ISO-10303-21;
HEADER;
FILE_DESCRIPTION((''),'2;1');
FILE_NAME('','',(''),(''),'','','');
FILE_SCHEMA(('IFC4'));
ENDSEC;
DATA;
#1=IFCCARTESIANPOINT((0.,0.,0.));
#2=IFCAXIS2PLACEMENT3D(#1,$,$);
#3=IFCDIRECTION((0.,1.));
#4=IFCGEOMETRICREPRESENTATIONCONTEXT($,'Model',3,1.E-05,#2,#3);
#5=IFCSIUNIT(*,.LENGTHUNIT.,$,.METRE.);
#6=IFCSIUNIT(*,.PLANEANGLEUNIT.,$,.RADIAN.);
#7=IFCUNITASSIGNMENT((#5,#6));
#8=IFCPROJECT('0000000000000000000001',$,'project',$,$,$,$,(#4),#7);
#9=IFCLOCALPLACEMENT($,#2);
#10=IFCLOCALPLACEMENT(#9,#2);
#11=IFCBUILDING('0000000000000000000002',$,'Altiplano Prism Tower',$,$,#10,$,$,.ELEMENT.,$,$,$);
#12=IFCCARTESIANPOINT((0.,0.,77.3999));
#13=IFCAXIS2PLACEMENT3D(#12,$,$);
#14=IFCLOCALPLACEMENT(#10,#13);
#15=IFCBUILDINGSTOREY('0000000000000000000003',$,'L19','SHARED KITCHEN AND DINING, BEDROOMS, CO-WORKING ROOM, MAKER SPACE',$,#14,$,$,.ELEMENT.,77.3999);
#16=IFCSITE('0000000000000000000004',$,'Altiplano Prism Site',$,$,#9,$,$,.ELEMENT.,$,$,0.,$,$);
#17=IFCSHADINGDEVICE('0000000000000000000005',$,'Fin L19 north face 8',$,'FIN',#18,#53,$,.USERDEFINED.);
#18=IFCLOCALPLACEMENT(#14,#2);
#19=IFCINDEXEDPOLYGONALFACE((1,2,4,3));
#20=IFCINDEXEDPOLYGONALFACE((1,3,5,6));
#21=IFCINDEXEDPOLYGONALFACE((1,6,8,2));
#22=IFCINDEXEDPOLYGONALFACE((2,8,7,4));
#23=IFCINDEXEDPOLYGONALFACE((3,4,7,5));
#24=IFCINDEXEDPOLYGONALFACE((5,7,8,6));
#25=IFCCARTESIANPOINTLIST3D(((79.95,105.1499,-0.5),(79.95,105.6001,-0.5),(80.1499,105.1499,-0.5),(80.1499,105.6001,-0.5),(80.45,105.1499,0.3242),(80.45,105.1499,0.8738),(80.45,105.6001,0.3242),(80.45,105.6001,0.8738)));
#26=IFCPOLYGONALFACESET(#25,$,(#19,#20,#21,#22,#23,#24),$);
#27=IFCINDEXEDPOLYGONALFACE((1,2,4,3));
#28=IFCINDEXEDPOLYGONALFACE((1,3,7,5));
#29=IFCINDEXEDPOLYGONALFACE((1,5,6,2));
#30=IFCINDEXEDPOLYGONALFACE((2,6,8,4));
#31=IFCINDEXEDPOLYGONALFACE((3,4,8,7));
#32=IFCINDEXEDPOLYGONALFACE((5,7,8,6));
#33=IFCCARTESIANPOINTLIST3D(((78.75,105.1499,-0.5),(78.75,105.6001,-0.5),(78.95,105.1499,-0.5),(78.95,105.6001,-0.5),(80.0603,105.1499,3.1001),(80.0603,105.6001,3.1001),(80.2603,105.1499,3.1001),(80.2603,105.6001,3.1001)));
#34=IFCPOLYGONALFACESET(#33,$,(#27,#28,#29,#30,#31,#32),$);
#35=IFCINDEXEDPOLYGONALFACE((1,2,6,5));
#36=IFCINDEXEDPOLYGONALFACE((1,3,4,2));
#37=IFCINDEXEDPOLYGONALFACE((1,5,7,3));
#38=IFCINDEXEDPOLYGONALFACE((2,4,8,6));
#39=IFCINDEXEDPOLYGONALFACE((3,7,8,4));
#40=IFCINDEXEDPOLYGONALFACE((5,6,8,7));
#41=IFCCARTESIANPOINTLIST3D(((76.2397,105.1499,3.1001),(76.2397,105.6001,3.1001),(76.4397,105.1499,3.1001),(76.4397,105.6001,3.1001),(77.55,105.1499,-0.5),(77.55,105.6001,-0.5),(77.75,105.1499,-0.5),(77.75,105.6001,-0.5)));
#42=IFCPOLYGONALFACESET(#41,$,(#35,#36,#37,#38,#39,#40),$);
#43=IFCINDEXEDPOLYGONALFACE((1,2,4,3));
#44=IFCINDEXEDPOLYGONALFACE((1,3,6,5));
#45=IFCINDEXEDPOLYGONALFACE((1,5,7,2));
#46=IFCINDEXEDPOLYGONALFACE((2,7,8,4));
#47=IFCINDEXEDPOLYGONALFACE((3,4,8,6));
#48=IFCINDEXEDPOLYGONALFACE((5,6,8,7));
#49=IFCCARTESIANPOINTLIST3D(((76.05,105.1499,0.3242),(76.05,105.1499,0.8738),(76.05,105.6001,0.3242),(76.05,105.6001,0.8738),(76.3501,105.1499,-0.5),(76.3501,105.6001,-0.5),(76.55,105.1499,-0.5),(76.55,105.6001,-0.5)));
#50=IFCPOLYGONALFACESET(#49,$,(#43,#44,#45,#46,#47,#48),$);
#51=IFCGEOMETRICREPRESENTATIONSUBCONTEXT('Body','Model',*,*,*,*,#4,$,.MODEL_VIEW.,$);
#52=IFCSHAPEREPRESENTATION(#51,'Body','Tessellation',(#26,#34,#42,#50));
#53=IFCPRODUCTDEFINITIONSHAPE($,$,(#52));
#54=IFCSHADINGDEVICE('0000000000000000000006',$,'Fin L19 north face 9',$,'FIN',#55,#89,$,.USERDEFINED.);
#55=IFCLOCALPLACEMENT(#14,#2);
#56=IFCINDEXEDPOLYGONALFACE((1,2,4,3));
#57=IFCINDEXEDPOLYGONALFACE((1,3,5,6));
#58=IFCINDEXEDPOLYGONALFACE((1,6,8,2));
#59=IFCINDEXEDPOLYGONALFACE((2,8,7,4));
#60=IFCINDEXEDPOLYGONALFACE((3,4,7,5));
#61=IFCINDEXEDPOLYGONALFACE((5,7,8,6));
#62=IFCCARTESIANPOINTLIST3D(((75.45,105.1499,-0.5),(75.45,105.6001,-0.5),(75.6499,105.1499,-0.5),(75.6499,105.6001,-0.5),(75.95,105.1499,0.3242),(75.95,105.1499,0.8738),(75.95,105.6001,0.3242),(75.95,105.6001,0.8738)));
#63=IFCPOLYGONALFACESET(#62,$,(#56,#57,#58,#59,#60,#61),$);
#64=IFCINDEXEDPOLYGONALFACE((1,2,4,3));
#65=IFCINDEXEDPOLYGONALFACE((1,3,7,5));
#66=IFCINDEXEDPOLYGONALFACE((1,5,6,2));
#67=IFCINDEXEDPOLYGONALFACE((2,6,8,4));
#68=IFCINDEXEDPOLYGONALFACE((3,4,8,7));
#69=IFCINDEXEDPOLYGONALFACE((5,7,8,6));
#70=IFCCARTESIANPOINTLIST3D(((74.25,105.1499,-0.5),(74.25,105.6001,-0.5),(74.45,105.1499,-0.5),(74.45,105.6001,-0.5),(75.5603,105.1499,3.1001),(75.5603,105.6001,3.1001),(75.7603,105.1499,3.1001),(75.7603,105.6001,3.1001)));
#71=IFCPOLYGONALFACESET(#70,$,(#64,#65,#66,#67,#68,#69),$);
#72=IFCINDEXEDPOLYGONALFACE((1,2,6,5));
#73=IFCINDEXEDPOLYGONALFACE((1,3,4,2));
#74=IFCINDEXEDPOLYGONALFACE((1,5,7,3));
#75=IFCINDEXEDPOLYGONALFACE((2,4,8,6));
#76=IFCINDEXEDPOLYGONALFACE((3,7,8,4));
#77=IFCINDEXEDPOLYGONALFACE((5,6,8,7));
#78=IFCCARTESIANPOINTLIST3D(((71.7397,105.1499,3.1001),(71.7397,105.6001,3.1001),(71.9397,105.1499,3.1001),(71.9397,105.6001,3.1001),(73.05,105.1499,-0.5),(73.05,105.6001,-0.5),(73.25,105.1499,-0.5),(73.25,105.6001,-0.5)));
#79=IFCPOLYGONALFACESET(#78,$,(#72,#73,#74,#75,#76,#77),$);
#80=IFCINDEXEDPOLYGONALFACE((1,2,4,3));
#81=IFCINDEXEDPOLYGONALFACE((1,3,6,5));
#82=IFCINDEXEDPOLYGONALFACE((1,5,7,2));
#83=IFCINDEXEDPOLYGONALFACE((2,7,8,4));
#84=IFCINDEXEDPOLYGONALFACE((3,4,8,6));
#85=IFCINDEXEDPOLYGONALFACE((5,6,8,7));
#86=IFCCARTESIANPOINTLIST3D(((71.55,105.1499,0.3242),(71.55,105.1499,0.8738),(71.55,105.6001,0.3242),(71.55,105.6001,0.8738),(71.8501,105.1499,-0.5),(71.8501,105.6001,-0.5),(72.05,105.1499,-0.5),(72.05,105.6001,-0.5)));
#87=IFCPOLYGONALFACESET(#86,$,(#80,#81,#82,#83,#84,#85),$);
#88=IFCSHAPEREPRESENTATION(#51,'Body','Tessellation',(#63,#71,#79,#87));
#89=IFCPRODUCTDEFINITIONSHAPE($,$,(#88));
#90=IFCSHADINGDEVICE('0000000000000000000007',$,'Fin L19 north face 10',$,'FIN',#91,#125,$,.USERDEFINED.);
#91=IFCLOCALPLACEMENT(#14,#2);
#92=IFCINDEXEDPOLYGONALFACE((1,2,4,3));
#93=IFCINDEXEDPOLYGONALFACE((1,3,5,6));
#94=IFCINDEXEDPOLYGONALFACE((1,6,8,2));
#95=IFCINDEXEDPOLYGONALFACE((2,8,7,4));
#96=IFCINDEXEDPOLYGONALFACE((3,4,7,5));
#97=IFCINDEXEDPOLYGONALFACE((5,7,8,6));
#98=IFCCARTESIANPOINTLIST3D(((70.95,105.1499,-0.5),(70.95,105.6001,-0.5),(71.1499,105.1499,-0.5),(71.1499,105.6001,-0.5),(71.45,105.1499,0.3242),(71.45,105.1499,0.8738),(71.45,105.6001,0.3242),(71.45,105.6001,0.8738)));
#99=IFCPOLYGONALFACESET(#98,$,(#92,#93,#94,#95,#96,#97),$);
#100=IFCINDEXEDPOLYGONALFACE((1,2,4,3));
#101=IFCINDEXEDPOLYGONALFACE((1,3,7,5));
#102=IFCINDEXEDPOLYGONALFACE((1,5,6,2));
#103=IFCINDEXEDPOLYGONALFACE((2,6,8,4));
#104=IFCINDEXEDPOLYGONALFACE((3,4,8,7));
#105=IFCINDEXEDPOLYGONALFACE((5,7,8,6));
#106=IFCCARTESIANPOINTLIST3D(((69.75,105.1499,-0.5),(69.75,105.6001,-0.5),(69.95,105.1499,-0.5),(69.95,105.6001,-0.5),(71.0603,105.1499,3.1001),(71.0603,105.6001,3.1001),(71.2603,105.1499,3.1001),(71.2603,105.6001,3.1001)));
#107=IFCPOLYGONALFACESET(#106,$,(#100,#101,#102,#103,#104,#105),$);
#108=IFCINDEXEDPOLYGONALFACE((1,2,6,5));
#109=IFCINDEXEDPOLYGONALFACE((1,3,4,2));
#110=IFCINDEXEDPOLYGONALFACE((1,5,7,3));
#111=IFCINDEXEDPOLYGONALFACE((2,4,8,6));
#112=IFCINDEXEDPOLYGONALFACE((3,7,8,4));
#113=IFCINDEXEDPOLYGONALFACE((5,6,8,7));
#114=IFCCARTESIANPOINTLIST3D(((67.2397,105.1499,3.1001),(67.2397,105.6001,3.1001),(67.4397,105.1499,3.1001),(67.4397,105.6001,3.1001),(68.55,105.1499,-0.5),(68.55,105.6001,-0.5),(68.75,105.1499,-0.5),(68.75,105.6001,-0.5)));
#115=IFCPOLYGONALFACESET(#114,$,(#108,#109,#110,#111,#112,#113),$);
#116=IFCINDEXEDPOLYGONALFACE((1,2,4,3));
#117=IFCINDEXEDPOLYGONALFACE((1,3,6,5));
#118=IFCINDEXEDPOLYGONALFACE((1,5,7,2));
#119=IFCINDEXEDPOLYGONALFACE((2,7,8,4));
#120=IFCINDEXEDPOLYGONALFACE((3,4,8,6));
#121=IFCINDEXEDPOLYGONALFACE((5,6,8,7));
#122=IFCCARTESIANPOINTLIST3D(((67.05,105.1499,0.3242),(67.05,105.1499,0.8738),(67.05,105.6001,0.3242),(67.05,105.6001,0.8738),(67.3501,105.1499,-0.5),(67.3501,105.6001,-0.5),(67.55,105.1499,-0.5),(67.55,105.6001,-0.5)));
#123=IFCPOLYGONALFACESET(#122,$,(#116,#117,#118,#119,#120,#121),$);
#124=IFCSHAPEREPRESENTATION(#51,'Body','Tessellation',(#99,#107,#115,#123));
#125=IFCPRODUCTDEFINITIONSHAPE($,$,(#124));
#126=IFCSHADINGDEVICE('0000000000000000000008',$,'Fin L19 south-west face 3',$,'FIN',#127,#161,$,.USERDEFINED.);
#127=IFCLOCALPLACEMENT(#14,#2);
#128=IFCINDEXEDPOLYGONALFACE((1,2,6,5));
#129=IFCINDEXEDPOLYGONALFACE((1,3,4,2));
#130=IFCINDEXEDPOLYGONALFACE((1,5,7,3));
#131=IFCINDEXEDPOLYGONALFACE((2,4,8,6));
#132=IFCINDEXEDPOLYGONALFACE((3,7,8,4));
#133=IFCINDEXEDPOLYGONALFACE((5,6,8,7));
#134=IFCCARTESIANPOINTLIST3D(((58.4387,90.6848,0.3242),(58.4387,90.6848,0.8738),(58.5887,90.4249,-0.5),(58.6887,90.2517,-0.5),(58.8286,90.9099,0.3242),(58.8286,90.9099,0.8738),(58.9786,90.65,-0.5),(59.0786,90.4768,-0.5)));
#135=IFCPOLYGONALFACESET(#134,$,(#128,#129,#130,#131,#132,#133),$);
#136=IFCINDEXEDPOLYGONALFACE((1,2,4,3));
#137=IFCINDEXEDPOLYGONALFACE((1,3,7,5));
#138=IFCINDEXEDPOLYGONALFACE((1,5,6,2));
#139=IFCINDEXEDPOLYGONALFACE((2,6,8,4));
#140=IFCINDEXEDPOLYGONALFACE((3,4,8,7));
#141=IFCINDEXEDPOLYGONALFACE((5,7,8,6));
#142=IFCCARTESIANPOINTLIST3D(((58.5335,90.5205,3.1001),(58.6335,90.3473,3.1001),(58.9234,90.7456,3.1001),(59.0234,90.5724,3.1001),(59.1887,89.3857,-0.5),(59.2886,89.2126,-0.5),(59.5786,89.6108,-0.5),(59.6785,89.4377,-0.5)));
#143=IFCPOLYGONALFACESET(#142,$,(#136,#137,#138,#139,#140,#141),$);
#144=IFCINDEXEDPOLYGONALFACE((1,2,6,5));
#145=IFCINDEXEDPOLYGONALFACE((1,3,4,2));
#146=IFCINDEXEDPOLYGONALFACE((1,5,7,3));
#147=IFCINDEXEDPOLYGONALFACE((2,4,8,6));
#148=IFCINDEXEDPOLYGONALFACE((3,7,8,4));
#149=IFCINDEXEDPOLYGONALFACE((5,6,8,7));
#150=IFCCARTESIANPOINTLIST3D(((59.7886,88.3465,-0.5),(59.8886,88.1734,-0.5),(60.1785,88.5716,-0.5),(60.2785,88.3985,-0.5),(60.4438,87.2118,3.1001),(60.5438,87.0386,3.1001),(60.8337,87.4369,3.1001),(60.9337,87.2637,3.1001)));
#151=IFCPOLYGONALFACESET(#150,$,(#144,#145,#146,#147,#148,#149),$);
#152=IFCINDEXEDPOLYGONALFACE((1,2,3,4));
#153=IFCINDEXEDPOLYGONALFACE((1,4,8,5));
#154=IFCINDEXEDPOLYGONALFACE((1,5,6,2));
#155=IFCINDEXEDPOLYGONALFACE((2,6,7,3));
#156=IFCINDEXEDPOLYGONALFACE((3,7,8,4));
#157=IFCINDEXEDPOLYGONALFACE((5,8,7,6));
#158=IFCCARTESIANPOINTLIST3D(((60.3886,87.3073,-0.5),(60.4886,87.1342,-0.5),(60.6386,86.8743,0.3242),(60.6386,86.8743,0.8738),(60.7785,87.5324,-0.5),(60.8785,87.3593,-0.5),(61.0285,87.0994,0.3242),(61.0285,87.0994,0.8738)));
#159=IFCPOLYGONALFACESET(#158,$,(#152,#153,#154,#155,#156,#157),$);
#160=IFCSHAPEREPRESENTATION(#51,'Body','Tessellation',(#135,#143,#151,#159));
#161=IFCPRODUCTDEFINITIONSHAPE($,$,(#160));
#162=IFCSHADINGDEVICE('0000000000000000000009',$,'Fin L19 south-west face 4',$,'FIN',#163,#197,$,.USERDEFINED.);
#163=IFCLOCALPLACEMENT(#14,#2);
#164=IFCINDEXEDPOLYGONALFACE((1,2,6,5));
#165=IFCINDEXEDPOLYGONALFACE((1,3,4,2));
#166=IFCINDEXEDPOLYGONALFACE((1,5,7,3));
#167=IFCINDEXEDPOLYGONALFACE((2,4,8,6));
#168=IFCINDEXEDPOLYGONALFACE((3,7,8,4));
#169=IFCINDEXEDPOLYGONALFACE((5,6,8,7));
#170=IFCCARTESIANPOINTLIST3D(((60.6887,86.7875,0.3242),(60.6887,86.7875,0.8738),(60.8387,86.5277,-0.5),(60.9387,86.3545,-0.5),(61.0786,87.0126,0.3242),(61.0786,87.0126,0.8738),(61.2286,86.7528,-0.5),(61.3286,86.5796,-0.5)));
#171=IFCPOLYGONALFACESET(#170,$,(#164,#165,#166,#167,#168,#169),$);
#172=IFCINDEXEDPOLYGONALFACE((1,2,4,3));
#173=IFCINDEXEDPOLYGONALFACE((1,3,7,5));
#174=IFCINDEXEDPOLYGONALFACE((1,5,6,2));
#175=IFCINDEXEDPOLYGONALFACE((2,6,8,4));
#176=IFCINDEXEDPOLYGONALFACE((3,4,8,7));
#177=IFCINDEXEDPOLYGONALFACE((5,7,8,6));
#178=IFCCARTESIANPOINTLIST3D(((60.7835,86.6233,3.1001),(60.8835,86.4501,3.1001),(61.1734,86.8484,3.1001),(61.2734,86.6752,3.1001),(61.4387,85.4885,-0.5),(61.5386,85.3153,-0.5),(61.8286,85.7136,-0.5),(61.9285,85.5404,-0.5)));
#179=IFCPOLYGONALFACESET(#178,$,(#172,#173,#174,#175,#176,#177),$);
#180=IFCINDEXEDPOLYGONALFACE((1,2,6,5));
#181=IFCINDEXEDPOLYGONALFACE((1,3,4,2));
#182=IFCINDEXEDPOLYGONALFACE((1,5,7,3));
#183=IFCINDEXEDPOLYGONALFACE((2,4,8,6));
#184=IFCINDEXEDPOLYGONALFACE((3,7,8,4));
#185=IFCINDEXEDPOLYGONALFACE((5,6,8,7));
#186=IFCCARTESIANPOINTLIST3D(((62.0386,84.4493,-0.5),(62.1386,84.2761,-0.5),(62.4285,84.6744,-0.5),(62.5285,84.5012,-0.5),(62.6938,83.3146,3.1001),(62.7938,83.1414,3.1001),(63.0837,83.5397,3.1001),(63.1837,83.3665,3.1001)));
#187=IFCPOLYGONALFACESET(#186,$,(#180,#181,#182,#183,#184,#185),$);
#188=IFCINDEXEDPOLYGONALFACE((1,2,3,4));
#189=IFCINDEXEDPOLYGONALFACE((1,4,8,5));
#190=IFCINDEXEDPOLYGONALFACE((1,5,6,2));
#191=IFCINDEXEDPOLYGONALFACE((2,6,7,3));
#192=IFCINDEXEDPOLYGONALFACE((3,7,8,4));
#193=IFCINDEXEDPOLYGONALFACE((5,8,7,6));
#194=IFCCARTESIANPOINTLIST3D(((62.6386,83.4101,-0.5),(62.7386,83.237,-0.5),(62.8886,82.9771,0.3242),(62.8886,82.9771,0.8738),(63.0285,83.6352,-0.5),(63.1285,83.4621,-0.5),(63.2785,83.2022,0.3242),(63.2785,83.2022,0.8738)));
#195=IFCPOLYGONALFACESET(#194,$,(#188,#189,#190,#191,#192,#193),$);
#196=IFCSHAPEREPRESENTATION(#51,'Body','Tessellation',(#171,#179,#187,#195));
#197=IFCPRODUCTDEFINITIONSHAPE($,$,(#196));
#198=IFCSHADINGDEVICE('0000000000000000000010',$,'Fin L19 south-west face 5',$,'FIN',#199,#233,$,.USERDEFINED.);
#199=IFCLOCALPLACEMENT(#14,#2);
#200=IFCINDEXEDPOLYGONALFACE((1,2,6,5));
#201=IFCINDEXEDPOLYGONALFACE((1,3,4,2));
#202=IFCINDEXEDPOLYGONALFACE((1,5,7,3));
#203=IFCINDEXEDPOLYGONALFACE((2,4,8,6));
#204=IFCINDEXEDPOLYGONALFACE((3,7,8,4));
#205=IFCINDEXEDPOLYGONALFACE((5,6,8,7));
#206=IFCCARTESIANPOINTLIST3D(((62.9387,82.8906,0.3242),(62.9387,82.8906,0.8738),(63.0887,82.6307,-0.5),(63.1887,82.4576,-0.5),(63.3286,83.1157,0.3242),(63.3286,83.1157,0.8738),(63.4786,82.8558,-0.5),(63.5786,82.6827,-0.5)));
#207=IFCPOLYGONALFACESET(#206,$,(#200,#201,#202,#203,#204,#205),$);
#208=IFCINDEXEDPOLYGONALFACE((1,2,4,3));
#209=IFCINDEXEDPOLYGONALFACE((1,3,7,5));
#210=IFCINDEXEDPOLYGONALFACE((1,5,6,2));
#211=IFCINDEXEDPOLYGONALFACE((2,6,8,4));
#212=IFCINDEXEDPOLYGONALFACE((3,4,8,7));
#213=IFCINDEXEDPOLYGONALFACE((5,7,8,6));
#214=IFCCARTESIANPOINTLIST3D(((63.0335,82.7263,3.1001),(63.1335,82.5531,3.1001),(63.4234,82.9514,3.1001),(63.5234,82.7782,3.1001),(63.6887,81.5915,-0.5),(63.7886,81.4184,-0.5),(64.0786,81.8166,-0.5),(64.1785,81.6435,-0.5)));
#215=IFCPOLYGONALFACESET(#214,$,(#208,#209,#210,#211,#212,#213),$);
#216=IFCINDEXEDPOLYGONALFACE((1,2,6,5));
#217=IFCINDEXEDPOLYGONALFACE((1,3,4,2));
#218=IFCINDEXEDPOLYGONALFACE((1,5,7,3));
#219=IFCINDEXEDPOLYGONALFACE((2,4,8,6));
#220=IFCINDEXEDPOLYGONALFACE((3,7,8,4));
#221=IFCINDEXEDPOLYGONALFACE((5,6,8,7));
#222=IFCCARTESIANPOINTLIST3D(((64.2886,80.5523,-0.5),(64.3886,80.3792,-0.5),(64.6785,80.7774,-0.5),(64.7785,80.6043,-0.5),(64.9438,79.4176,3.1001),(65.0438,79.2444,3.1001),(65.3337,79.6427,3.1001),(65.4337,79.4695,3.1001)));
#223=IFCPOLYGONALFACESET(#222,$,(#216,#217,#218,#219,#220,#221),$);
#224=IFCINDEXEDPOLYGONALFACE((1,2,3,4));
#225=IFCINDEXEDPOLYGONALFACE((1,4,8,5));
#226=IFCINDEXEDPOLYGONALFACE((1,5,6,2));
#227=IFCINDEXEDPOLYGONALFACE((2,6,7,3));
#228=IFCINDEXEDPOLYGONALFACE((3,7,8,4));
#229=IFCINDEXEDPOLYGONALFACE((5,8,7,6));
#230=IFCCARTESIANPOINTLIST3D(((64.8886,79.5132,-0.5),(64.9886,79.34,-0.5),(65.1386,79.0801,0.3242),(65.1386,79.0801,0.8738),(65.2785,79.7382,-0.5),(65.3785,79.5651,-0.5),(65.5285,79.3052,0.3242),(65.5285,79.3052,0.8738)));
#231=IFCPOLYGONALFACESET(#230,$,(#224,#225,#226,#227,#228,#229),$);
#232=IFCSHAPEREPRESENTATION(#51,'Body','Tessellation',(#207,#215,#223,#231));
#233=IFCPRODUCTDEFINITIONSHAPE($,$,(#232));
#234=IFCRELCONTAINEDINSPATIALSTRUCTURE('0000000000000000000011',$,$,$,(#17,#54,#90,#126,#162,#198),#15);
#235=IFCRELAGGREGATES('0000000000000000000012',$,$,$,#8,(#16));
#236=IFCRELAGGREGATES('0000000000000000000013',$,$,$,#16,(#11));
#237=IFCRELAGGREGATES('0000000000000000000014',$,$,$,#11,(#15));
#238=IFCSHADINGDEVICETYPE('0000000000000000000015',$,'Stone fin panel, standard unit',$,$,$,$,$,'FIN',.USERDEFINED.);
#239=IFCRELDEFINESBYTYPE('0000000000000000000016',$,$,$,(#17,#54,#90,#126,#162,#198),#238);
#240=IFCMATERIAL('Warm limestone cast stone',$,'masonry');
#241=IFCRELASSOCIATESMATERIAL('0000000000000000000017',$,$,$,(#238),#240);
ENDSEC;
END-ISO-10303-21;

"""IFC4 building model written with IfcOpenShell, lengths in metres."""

from ifc_helpers import new_model, si_unit, direction, frame, origin, place, context, subcontext, project, spatial, polyline, outline, extrude, source, transform, mapped, material, type_object, element, save


model = new_model("IFC4")

# Units and contexts
model_context = context("Model", 3, precision=1e-05, world=origin(), true_north=direction((0.0, 1.0)))
body_context = subcontext(model_context, "Body", "Model", "MODEL_VIEW")
ifc_project = project(units=[si_unit("LENGTHUNIT", "METRE"), si_unit("PLANEANGLEUNIT", "RADIAN")], contexts=[model_context])

# Site, building, storey
site_placement = place(None, origin())
site = spatial("IfcSite", under=ifc_project, at=site_placement, Name="Altiplano Prism Site", CompositionType="ELEMENT", RefElevation=0.0)
building_placement = place(site_placement, origin())
building = spatial("IfcBuilding", under=site, at=building_placement, Name="Altiplano Prism Tower", CompositionType="ELEMENT")
storey_placement = place(building_placement, frame((0.0, 0.0, 77.3999)))
storey = spatial("IfcBuildingStorey", under=building, at=storey_placement, Name="L19", Description="SHARED KITCHEN AND DINING, BEDROOMS, CO-WORKING ROOM, MAKER SPACE", CompositionType="ELEMENT", Elevation=77.3999)

# Shading devices
ifc_material_1 = material(Name="Warm limestone cast stone", Category="masonry")
shading_device_type_1 = type_object("IfcShadingDeviceType", Name="Stone fin panel, standard unit", ElementType="FIN", PredefinedType="USERDEFINED", material=ifc_material_1)
shared_shape_1 = source(origin(), body_context, "Body", "SweptSolid", [
    extrude(outline(polyline([(-2.2, 1.3738), (-2.2, 0.8242), (-1.8999, 0.0), (-1.7, 0.0), (-2.2, 1.3738)])), frame((0.0, -0.1499, 0.0), z_axis=(0.0, -1.0, 0.0), x_axis=(1.0, 0.0, 0.0)), (0.0, 0.0, 1.0), 0.4502),
    extrude(outline(polyline([(-2.0103, 3.6001), (-0.7, 0.0), (-0.5, 0.0), (-1.8103, 3.6001), (-2.0103, 3.6001)])), frame((0.0, -0.1499, 0.0), z_axis=(0.0, -1.0, 0.0), x_axis=(1.0, 0.0, 0.0)), (0.0, 0.0, 1.0), 0.4502),
    extrude(outline(polyline([(1.8103, 3.6001), (0.5, 0.0), (0.7, 0.0), (2.0103, 3.6001), (1.8103, 3.6001)])), frame((0.0, -0.1499, 0.0), z_axis=(0.0, -1.0, 0.0), x_axis=(1.0, 0.0, 0.0)), (0.0, 0.0, 1.0), 0.4502),
    extrude(outline(polyline([(2.2, 0.8242), (2.2, 1.3738), (1.7, 0.0), (1.8999, 0.0), (2.2, 0.8242)])), frame((0.0, -0.1499, 0.0), z_axis=(0.0, -1.0, 0.0), x_axis=(1.0, 0.0, 0.0)), (0.0, 0.0, 1.0), 0.4502),
])
shading_device_1_placement = place(storey_placement, origin())
element("IfcShadingDevice", 1, at=shading_device_1_placement, inside=storey, type_object=shading_device_type_1, Name="Fin L19 north face 8", ObjectType="FIN", PredefinedType="USERDEFINED", context=body_context, shape_type="MappedRepresentation", body=[
    mapped(shared_shape_1, transform((78.25, 105.0, -0.5), x_axis=(-1.0, 0.0, 0.0), y_axis=(0.0, -1.0, 0.0), z_axis=(0.0, 0.0, 1.0))),
])
shading_device_2_placement = place(storey_placement, origin())
element("IfcShadingDevice", 2, at=shading_device_2_placement, inside=storey, type_object=shading_device_type_1, Name="Fin L19 north face 9", ObjectType="FIN", PredefinedType="USERDEFINED", context=body_context, shape_type="MappedRepresentation", body=[
    mapped(shared_shape_1, transform((73.75, 105.0, -0.5), x_axis=(-1.0, 0.0, 0.0), y_axis=(0.0, -1.0, 0.0), z_axis=(0.0, 0.0, 1.0))),
])
shading_device_3_placement = place(storey_placement, origin())
element("IfcShadingDevice", 3, at=shading_device_3_placement, inside=storey, type_object=shading_device_type_1, Name="Fin L19 north face 10", ObjectType="FIN", PredefinedType="USERDEFINED", context=body_context, shape_type="MappedRepresentation", body=[
    mapped(shared_shape_1, transform((69.25, 105.0, -0.5), x_axis=(-1.0, 0.0, 0.0), y_axis=(0.0, -1.0, 0.0), z_axis=(0.0, 0.0, 1.0))),
])
shading_device_4_placement = place(storey_placement, origin())
element("IfcShadingDevice", 4, at=shading_device_4_placement, inside=storey, type_object=shading_device_type_1, Name="Fin L19 south-west face 3", ObjectType="FIN", PredefinedType="USERDEFINED", context=body_context, shape_type="MappedRepresentation", body=[
    mapped(shared_shape_1, transform((60.0583, 89.0796, -0.5), x_axis=(0.5, -0.866025, 0.0), y_axis=(0.866025, 0.5, 0.0), z_axis=(0.0, 0.0, 1.0))),
])
shading_device_5_placement = place(storey_placement, origin())
element("IfcShadingDevice", 5, at=shading_device_5_placement, inside=storey, type_object=shading_device_type_1, Name="Fin L19 south-west face 4", ObjectType="FIN", PredefinedType="USERDEFINED", context=body_context, shape_type="MappedRepresentation", body=[
    mapped(shared_shape_1, transform((62.3083, 85.1824, -0.5), x_axis=(0.5, -0.866025, 0.0), y_axis=(0.866025, 0.5, 0.0), z_axis=(0.0, 0.0, 1.0))),
])
shading_device_6_placement = place(storey_placement, origin())
element("IfcShadingDevice", 6, at=shading_device_6_placement, inside=storey, type_object=shading_device_type_1, Name="Fin L19 south-west face 5", ObjectType="FIN", PredefinedType="USERDEFINED", context=body_context, shape_type="MappedRepresentation", body=[
    mapped(shared_shape_1, transform((64.5583, 81.2854, -0.5), x_axis=(0.5, -0.866025, 0.0), y_axis=(0.866025, 0.5, 0.0), z_axis=(0.0, 0.0, 1.0))),
])

save(model, "model.ifc")
